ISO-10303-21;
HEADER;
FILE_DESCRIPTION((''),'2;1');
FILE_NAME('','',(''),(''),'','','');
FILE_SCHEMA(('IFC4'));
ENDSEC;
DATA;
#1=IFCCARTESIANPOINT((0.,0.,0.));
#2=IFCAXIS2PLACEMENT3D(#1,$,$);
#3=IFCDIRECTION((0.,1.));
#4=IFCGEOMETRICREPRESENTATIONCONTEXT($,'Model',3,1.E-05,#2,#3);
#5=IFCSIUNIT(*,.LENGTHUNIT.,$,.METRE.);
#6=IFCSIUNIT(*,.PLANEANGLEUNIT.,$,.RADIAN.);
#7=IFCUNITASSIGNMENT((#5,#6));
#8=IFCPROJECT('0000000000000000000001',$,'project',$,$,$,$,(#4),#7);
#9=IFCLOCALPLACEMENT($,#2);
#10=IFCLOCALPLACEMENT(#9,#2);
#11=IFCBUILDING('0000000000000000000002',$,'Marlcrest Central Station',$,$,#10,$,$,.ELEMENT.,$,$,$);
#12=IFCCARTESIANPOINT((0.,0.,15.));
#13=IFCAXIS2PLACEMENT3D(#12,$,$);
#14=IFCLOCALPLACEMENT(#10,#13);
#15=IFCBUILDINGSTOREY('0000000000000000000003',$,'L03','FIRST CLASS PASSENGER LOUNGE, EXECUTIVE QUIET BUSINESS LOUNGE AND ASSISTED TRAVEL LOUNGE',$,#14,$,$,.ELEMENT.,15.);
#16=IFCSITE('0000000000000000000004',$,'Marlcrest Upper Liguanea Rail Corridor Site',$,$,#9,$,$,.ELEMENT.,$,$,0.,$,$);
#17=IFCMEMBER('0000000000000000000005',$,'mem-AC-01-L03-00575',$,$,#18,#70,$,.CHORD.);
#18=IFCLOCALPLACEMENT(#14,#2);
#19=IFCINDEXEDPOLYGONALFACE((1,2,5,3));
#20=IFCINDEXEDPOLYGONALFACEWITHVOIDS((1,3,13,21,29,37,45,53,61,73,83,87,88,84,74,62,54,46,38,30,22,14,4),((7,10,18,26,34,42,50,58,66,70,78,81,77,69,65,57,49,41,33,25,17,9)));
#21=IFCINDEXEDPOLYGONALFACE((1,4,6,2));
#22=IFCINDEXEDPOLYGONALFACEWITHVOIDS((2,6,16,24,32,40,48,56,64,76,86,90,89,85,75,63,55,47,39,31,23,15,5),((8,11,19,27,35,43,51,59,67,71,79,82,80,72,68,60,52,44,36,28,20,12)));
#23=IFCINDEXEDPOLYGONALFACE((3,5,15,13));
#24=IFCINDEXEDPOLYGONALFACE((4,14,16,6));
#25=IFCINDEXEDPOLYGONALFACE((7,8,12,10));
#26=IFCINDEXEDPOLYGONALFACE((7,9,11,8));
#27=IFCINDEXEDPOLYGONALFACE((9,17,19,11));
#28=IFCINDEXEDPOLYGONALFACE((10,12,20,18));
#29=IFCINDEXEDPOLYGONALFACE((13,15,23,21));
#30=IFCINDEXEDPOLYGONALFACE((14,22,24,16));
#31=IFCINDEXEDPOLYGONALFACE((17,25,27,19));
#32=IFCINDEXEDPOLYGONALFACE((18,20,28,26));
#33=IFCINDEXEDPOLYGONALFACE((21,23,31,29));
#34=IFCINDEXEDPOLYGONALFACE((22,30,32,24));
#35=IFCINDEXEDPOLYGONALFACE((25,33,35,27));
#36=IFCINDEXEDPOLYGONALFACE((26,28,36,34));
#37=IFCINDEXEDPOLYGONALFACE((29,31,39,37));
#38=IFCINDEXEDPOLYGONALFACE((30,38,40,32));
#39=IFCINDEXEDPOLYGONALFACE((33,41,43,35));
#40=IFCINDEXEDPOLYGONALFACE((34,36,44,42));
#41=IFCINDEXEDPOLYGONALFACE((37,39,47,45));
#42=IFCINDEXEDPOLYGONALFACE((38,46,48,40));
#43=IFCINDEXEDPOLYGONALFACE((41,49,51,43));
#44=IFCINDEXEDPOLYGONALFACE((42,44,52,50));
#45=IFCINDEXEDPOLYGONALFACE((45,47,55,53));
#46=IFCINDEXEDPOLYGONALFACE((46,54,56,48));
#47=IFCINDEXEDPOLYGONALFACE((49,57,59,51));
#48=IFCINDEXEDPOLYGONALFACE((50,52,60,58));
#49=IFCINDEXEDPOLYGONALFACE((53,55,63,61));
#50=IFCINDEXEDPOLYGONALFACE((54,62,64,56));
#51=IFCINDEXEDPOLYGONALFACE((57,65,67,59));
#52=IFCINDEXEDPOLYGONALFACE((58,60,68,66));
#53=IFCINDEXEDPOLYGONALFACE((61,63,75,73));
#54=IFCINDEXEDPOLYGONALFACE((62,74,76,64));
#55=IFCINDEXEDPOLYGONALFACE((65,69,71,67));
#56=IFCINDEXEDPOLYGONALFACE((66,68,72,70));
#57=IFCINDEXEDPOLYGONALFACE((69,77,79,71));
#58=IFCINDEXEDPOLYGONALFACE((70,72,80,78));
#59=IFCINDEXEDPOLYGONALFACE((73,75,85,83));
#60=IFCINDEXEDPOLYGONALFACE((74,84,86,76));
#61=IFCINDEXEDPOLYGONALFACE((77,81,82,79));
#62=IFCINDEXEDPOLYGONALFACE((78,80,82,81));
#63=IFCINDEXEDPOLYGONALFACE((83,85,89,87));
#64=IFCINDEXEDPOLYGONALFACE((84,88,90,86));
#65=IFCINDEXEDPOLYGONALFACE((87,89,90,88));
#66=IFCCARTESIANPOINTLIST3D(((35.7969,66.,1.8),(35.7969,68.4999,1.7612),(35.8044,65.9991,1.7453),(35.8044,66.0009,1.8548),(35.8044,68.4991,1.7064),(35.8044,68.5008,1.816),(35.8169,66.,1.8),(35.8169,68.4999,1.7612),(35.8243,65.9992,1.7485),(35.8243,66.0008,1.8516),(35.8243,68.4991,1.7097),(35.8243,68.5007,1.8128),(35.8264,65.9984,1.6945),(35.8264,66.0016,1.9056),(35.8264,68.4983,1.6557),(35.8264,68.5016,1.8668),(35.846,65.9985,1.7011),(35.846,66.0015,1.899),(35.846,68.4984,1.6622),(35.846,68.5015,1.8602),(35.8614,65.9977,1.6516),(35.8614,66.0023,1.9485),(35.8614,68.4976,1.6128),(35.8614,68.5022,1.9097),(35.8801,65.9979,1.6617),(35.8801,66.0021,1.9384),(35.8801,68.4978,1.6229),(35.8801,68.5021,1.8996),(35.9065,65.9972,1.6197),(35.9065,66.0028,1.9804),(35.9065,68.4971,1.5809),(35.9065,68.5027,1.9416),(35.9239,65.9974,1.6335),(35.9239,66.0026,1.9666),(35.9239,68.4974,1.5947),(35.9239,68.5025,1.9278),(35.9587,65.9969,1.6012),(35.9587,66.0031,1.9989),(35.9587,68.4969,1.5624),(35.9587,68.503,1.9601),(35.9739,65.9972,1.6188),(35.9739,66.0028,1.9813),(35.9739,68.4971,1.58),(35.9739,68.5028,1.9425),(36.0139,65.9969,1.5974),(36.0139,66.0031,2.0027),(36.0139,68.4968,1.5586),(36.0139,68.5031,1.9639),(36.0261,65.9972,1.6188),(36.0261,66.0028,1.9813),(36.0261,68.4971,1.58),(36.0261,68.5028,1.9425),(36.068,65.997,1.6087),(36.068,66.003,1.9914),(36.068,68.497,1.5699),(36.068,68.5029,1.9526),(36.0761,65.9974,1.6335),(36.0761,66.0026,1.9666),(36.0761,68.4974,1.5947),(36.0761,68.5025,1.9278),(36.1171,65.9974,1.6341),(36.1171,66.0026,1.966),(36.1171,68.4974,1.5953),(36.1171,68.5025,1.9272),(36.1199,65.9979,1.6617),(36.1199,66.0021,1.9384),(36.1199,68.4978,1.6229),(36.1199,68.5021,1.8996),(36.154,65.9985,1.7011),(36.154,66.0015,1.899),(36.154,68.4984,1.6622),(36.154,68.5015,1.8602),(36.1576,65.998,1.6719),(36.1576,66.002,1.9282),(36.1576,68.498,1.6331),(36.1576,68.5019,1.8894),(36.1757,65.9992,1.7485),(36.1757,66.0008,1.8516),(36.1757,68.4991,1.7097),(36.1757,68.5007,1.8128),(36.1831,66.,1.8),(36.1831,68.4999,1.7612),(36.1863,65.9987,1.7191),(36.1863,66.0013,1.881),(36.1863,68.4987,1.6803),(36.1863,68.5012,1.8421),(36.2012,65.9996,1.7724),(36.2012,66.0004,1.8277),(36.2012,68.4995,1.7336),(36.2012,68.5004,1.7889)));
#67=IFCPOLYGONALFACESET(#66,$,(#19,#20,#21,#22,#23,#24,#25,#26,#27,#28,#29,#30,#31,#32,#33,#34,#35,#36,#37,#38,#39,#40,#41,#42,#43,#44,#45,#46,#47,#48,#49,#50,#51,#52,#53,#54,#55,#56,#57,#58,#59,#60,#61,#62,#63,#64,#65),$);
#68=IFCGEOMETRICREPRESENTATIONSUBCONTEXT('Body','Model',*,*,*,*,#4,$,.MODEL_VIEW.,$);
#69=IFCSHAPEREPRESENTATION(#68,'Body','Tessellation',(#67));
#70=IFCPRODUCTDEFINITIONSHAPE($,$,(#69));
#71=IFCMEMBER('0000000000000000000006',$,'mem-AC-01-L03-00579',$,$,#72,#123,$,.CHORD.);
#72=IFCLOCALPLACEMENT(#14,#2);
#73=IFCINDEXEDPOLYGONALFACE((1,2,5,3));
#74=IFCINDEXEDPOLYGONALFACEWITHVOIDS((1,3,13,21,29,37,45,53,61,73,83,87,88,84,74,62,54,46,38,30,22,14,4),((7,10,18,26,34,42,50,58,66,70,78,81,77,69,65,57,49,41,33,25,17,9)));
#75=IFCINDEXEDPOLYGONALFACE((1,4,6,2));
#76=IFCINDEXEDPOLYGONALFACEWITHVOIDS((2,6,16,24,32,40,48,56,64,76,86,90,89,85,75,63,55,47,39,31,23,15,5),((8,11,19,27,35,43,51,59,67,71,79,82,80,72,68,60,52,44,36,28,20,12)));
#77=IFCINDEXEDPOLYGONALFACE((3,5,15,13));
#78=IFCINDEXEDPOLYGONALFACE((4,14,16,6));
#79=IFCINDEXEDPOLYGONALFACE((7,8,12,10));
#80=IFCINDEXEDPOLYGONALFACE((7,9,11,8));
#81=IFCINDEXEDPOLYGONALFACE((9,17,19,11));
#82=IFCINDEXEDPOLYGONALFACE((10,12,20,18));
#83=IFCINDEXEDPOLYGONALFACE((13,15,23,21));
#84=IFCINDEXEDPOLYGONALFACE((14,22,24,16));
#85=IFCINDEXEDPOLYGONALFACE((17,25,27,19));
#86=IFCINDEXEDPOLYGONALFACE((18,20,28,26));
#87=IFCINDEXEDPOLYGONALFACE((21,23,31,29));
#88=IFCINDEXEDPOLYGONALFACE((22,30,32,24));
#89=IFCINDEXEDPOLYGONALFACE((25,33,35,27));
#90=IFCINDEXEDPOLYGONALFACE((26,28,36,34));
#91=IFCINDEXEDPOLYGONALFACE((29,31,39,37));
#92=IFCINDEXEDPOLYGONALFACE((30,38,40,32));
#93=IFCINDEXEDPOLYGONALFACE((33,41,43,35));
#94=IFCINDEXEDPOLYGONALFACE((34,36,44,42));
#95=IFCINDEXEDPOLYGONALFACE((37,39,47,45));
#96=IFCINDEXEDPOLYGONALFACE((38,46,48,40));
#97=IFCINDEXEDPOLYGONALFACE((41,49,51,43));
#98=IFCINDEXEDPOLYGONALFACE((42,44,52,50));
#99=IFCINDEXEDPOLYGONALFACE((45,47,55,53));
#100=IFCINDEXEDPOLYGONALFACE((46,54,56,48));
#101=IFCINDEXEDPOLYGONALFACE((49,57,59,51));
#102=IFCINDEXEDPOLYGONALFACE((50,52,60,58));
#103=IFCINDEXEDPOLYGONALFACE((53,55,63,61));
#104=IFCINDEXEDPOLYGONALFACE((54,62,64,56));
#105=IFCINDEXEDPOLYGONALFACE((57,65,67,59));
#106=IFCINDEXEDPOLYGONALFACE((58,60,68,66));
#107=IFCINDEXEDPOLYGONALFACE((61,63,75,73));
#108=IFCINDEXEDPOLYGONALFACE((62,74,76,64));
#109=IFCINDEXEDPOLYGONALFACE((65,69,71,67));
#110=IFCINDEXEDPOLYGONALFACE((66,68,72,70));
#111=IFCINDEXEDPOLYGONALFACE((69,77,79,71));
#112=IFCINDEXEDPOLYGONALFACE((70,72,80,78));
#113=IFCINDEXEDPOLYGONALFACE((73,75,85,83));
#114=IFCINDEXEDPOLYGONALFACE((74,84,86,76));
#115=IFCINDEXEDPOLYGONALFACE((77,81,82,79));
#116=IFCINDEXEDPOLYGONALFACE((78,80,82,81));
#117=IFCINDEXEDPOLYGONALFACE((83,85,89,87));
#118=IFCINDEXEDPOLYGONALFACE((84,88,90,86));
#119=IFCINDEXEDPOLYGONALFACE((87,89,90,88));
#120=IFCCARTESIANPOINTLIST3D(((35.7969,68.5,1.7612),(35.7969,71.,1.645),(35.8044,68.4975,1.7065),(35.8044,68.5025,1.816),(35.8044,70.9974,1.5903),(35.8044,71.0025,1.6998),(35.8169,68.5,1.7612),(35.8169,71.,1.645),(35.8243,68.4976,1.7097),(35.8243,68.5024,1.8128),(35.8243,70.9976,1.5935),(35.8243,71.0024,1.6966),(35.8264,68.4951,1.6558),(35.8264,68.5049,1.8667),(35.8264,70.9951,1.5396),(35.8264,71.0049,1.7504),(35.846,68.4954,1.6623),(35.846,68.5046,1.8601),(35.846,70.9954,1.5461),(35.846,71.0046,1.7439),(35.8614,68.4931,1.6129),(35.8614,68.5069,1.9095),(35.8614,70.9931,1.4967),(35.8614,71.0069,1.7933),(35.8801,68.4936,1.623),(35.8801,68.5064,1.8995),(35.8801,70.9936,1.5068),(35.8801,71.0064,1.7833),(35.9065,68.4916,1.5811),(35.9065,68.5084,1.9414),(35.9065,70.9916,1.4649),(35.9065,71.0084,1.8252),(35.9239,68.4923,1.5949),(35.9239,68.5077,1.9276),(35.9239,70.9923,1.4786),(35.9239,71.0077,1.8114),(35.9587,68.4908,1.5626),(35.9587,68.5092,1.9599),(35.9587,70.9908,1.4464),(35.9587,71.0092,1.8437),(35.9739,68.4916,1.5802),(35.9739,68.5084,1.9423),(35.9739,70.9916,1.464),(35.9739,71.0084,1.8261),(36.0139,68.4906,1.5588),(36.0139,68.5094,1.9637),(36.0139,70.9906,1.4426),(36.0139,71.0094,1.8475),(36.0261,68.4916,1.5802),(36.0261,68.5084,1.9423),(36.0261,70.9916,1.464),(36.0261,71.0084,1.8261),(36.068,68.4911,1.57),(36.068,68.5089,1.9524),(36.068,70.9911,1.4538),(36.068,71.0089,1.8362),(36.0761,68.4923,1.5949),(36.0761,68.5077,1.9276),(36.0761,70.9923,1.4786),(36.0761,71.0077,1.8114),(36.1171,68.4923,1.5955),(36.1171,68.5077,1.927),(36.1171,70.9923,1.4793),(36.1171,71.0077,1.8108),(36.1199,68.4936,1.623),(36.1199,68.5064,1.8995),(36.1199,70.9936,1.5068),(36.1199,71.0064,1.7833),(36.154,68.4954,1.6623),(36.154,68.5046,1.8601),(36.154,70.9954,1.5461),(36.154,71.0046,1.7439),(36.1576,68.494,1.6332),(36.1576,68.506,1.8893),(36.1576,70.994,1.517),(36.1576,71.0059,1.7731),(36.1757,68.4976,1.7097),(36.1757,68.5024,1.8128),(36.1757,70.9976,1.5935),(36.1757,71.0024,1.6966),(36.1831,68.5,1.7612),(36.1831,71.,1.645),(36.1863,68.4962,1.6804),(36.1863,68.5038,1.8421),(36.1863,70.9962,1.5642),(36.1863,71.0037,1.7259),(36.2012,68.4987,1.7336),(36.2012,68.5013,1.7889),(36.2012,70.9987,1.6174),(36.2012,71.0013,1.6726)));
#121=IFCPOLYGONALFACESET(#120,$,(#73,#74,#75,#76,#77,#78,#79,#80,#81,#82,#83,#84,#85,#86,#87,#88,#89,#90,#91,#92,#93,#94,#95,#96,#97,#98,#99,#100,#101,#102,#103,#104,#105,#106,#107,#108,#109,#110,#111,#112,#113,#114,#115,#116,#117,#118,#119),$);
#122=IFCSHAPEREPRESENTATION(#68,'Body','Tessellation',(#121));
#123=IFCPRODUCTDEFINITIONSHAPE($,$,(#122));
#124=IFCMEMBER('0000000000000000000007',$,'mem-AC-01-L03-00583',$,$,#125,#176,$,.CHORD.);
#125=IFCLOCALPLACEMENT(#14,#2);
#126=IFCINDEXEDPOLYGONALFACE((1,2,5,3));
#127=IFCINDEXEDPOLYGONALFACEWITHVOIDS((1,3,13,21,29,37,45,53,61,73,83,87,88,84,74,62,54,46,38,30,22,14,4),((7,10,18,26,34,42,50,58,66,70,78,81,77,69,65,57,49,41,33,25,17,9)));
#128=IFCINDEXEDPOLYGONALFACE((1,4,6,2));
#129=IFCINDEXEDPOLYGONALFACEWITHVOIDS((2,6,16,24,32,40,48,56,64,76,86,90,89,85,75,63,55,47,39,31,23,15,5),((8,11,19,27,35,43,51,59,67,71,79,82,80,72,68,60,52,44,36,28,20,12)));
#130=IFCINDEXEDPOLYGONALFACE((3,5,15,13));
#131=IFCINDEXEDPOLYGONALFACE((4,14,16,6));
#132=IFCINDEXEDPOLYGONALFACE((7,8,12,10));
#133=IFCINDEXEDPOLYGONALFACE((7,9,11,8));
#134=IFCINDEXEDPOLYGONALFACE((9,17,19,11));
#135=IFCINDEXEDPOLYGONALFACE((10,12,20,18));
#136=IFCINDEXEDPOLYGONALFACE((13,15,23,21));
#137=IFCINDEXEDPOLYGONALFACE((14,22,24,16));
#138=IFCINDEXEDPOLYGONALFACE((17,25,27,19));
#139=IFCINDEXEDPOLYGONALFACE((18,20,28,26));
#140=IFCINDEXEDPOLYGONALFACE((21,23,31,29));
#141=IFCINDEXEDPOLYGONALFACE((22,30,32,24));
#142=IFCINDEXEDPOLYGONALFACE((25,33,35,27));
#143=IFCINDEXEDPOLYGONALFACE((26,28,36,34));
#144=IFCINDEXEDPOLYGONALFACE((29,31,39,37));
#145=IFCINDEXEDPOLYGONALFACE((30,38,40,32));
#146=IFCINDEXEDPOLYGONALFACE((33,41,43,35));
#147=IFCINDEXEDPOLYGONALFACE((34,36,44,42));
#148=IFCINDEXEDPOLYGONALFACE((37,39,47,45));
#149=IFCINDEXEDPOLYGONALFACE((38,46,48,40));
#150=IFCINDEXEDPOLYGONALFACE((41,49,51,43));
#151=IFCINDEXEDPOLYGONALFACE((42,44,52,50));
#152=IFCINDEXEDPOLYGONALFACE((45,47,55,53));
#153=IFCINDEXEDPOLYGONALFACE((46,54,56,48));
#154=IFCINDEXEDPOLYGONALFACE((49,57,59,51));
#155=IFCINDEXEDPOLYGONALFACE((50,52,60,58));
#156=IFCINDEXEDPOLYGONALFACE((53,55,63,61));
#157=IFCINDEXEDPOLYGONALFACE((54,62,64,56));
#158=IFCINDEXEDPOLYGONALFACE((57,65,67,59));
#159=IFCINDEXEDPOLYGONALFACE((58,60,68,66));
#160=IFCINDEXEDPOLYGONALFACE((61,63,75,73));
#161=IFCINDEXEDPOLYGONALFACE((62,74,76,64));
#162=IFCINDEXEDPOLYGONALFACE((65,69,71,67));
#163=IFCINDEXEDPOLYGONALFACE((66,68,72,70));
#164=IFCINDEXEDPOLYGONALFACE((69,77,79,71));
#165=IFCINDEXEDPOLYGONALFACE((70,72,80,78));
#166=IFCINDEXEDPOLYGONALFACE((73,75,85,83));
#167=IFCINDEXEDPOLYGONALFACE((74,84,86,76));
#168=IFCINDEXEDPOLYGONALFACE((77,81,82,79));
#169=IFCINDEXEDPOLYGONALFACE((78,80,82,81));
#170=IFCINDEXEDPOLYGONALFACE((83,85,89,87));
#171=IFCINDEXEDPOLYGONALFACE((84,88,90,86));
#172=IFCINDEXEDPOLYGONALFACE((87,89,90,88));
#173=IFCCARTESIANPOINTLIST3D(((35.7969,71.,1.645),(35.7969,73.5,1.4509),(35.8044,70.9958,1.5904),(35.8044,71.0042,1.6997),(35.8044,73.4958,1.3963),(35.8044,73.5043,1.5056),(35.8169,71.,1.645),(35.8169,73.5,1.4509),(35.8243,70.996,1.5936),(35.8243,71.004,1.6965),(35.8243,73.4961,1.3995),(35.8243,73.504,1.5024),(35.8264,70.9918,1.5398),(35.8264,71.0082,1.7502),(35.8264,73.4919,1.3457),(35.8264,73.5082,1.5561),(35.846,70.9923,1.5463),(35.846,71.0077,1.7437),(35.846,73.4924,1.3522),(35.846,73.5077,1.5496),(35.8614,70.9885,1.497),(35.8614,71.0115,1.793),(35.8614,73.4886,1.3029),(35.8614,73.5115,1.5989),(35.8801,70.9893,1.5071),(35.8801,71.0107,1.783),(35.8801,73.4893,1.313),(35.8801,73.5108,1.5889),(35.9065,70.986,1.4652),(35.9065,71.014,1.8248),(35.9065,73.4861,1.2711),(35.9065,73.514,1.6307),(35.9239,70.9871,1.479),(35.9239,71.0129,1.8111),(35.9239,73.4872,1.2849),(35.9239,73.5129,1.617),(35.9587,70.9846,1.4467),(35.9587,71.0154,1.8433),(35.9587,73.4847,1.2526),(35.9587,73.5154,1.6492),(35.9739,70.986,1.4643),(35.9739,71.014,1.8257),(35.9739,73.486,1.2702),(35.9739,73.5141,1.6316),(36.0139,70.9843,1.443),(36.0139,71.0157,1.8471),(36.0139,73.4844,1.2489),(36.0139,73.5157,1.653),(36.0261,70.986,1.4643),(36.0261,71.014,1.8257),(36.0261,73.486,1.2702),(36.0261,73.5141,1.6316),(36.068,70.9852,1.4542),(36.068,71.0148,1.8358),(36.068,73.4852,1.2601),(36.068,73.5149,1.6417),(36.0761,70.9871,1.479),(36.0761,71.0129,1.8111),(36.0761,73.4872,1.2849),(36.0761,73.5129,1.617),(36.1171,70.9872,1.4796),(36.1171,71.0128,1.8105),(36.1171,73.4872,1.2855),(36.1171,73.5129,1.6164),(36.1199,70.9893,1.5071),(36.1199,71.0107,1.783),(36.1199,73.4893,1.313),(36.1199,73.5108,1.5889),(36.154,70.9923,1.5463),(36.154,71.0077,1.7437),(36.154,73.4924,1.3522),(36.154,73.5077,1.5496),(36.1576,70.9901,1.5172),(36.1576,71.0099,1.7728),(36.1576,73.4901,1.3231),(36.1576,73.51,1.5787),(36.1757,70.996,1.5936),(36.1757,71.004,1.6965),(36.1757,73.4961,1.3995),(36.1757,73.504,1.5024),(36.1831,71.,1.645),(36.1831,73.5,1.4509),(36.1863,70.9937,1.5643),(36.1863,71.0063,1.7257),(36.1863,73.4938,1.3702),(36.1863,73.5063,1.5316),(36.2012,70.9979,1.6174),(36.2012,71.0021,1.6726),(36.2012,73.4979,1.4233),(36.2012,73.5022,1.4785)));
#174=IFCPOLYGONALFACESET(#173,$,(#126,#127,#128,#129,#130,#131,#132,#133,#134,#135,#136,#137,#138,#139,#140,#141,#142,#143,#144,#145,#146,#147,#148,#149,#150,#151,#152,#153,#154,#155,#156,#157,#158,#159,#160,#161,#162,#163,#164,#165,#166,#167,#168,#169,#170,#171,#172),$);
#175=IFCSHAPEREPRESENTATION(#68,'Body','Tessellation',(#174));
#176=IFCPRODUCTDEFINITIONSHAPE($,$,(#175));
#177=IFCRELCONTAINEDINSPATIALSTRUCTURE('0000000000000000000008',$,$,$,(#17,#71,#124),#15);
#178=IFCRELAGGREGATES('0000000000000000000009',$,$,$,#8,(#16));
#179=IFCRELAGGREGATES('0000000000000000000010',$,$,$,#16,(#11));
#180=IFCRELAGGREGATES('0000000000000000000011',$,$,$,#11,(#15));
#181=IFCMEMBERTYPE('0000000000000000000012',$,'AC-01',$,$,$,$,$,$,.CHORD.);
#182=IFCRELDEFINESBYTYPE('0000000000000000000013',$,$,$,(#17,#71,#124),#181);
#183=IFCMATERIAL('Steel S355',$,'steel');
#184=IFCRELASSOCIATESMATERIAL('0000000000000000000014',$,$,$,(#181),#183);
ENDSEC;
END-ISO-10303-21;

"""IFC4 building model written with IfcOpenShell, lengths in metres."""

from ifc_helpers import new_model, si_unit, direction, frame, origin, origin_2d, place, context, subcontext, project, spatial, hollow_circle, extrude, material, material_profile, profile_set, type_object, element, save


model = new_model("IFC4")

# Units and contexts
model_context = context("Model", 3, precision=1e-05, world=origin(), true_north=direction((0.0, 1.0)))
body_context = subcontext(model_context, "Body", "Model", "MODEL_VIEW")
ifc_project = project(units=[si_unit("LENGTHUNIT", "METRE"), si_unit("PLANEANGLEUNIT", "RADIAN")], contexts=[model_context])

# Site, building, storey
site_placement = place(None, origin())
site = spatial("IfcSite", under=ifc_project, at=site_placement, Name="Marlcrest Upper Liguanea Rail Corridor Site", CompositionType="ELEMENT", RefElevation=0.0)
building_placement = place(site_placement, origin())
building = spatial("IfcBuilding", under=site, at=building_placement, Name="Marlcrest Central Station", CompositionType="ELEMENT")
storey_placement = place(building_placement, frame((0.0, 0.0, 15.0)))
storey = spatial("IfcBuildingStorey", under=building, at=storey_placement, Name="L03", Description="FIRST CLASS PASSENGER LOUNGE, EXECUTIVE QUIET BUSINESS LOUNGE AND ASSISTED TRAVEL LOUNGE", CompositionType="ELEMENT", Elevation=15.0)

# Members
ifc_material_1 = material(Name="Steel S355", Category="steel")
ifc_material_profile_1 = material_profile(ifc_material_1, hollow_circle(Radius=0.2031, WallThickness=0.02, at=origin_2d()), Name="CHS 406.4x20")
ifc_profile_set_1 = profile_set([ifc_material_profile_1], Name="Steel S355")
member_type_1 = type_object("IfcMemberType", Name="AC-01", PredefinedType="CHORD", material=ifc_profile_set_1)
for number, where, z_axis, x_axis, name in (
    (1, (36.0, 66.0, 1.8), (0.0, 0.999879, -0.015525), (-1.0, 0.0, 0.0), "mem-AC-01-L03-00575"),
):
    element("IfcMember", number, at=place(storey_placement, frame(where, z_axis=z_axis, x_axis=x_axis)), inside=storey, type_object=member_type_1, Name=name, PredefinedType="CHORD", context=body_context, shape_type="SweptSolid", body=[
        extrude(hollow_circle(Radius=0.2031, WallThickness=0.02, at=origin_2d()), origin(), (0.0, 0.0, 1.0), 2.5002),
    ])
member_1_placement = place(storey_placement, frame((36.0, 68.5, 1.7612), z_axis=(0.0, 0.998921, -0.046434), x_axis=(-1.0, 0.0, 0.0)))
element("IfcMember", 2, at=member_1_placement, inside=storey, type_object=member_type_1, Name="mem-AC-01-L03-00579", PredefinedType="CHORD", context=body_context, shape_type="SweptSolid", body=[
    extrude(hollow_circle(Radius=0.2031, WallThickness=0.02, at=origin_2d()), origin(), (0.0, 0.0, 1.0), 2.5027),
])
member_2_placement = place(storey_placement, frame((36.0, 71.0, 1.645), z_axis=(0.0, 0.997, -0.077404), x_axis=(-1.0, 0.0, 0.0)))
element("IfcMember", 3, at=member_2_placement, inside=storey, type_object=member_type_1, Name="mem-AC-01-L03-00583", PredefinedType="CHORD", context=body_context, shape_type="SweptSolid", body=[
    extrude(hollow_circle(Radius=0.2031, WallThickness=0.02, at=origin_2d()), origin(), (0.0, 0.0, 1.0), 2.5076),
])

save(model, "model.ifc")
